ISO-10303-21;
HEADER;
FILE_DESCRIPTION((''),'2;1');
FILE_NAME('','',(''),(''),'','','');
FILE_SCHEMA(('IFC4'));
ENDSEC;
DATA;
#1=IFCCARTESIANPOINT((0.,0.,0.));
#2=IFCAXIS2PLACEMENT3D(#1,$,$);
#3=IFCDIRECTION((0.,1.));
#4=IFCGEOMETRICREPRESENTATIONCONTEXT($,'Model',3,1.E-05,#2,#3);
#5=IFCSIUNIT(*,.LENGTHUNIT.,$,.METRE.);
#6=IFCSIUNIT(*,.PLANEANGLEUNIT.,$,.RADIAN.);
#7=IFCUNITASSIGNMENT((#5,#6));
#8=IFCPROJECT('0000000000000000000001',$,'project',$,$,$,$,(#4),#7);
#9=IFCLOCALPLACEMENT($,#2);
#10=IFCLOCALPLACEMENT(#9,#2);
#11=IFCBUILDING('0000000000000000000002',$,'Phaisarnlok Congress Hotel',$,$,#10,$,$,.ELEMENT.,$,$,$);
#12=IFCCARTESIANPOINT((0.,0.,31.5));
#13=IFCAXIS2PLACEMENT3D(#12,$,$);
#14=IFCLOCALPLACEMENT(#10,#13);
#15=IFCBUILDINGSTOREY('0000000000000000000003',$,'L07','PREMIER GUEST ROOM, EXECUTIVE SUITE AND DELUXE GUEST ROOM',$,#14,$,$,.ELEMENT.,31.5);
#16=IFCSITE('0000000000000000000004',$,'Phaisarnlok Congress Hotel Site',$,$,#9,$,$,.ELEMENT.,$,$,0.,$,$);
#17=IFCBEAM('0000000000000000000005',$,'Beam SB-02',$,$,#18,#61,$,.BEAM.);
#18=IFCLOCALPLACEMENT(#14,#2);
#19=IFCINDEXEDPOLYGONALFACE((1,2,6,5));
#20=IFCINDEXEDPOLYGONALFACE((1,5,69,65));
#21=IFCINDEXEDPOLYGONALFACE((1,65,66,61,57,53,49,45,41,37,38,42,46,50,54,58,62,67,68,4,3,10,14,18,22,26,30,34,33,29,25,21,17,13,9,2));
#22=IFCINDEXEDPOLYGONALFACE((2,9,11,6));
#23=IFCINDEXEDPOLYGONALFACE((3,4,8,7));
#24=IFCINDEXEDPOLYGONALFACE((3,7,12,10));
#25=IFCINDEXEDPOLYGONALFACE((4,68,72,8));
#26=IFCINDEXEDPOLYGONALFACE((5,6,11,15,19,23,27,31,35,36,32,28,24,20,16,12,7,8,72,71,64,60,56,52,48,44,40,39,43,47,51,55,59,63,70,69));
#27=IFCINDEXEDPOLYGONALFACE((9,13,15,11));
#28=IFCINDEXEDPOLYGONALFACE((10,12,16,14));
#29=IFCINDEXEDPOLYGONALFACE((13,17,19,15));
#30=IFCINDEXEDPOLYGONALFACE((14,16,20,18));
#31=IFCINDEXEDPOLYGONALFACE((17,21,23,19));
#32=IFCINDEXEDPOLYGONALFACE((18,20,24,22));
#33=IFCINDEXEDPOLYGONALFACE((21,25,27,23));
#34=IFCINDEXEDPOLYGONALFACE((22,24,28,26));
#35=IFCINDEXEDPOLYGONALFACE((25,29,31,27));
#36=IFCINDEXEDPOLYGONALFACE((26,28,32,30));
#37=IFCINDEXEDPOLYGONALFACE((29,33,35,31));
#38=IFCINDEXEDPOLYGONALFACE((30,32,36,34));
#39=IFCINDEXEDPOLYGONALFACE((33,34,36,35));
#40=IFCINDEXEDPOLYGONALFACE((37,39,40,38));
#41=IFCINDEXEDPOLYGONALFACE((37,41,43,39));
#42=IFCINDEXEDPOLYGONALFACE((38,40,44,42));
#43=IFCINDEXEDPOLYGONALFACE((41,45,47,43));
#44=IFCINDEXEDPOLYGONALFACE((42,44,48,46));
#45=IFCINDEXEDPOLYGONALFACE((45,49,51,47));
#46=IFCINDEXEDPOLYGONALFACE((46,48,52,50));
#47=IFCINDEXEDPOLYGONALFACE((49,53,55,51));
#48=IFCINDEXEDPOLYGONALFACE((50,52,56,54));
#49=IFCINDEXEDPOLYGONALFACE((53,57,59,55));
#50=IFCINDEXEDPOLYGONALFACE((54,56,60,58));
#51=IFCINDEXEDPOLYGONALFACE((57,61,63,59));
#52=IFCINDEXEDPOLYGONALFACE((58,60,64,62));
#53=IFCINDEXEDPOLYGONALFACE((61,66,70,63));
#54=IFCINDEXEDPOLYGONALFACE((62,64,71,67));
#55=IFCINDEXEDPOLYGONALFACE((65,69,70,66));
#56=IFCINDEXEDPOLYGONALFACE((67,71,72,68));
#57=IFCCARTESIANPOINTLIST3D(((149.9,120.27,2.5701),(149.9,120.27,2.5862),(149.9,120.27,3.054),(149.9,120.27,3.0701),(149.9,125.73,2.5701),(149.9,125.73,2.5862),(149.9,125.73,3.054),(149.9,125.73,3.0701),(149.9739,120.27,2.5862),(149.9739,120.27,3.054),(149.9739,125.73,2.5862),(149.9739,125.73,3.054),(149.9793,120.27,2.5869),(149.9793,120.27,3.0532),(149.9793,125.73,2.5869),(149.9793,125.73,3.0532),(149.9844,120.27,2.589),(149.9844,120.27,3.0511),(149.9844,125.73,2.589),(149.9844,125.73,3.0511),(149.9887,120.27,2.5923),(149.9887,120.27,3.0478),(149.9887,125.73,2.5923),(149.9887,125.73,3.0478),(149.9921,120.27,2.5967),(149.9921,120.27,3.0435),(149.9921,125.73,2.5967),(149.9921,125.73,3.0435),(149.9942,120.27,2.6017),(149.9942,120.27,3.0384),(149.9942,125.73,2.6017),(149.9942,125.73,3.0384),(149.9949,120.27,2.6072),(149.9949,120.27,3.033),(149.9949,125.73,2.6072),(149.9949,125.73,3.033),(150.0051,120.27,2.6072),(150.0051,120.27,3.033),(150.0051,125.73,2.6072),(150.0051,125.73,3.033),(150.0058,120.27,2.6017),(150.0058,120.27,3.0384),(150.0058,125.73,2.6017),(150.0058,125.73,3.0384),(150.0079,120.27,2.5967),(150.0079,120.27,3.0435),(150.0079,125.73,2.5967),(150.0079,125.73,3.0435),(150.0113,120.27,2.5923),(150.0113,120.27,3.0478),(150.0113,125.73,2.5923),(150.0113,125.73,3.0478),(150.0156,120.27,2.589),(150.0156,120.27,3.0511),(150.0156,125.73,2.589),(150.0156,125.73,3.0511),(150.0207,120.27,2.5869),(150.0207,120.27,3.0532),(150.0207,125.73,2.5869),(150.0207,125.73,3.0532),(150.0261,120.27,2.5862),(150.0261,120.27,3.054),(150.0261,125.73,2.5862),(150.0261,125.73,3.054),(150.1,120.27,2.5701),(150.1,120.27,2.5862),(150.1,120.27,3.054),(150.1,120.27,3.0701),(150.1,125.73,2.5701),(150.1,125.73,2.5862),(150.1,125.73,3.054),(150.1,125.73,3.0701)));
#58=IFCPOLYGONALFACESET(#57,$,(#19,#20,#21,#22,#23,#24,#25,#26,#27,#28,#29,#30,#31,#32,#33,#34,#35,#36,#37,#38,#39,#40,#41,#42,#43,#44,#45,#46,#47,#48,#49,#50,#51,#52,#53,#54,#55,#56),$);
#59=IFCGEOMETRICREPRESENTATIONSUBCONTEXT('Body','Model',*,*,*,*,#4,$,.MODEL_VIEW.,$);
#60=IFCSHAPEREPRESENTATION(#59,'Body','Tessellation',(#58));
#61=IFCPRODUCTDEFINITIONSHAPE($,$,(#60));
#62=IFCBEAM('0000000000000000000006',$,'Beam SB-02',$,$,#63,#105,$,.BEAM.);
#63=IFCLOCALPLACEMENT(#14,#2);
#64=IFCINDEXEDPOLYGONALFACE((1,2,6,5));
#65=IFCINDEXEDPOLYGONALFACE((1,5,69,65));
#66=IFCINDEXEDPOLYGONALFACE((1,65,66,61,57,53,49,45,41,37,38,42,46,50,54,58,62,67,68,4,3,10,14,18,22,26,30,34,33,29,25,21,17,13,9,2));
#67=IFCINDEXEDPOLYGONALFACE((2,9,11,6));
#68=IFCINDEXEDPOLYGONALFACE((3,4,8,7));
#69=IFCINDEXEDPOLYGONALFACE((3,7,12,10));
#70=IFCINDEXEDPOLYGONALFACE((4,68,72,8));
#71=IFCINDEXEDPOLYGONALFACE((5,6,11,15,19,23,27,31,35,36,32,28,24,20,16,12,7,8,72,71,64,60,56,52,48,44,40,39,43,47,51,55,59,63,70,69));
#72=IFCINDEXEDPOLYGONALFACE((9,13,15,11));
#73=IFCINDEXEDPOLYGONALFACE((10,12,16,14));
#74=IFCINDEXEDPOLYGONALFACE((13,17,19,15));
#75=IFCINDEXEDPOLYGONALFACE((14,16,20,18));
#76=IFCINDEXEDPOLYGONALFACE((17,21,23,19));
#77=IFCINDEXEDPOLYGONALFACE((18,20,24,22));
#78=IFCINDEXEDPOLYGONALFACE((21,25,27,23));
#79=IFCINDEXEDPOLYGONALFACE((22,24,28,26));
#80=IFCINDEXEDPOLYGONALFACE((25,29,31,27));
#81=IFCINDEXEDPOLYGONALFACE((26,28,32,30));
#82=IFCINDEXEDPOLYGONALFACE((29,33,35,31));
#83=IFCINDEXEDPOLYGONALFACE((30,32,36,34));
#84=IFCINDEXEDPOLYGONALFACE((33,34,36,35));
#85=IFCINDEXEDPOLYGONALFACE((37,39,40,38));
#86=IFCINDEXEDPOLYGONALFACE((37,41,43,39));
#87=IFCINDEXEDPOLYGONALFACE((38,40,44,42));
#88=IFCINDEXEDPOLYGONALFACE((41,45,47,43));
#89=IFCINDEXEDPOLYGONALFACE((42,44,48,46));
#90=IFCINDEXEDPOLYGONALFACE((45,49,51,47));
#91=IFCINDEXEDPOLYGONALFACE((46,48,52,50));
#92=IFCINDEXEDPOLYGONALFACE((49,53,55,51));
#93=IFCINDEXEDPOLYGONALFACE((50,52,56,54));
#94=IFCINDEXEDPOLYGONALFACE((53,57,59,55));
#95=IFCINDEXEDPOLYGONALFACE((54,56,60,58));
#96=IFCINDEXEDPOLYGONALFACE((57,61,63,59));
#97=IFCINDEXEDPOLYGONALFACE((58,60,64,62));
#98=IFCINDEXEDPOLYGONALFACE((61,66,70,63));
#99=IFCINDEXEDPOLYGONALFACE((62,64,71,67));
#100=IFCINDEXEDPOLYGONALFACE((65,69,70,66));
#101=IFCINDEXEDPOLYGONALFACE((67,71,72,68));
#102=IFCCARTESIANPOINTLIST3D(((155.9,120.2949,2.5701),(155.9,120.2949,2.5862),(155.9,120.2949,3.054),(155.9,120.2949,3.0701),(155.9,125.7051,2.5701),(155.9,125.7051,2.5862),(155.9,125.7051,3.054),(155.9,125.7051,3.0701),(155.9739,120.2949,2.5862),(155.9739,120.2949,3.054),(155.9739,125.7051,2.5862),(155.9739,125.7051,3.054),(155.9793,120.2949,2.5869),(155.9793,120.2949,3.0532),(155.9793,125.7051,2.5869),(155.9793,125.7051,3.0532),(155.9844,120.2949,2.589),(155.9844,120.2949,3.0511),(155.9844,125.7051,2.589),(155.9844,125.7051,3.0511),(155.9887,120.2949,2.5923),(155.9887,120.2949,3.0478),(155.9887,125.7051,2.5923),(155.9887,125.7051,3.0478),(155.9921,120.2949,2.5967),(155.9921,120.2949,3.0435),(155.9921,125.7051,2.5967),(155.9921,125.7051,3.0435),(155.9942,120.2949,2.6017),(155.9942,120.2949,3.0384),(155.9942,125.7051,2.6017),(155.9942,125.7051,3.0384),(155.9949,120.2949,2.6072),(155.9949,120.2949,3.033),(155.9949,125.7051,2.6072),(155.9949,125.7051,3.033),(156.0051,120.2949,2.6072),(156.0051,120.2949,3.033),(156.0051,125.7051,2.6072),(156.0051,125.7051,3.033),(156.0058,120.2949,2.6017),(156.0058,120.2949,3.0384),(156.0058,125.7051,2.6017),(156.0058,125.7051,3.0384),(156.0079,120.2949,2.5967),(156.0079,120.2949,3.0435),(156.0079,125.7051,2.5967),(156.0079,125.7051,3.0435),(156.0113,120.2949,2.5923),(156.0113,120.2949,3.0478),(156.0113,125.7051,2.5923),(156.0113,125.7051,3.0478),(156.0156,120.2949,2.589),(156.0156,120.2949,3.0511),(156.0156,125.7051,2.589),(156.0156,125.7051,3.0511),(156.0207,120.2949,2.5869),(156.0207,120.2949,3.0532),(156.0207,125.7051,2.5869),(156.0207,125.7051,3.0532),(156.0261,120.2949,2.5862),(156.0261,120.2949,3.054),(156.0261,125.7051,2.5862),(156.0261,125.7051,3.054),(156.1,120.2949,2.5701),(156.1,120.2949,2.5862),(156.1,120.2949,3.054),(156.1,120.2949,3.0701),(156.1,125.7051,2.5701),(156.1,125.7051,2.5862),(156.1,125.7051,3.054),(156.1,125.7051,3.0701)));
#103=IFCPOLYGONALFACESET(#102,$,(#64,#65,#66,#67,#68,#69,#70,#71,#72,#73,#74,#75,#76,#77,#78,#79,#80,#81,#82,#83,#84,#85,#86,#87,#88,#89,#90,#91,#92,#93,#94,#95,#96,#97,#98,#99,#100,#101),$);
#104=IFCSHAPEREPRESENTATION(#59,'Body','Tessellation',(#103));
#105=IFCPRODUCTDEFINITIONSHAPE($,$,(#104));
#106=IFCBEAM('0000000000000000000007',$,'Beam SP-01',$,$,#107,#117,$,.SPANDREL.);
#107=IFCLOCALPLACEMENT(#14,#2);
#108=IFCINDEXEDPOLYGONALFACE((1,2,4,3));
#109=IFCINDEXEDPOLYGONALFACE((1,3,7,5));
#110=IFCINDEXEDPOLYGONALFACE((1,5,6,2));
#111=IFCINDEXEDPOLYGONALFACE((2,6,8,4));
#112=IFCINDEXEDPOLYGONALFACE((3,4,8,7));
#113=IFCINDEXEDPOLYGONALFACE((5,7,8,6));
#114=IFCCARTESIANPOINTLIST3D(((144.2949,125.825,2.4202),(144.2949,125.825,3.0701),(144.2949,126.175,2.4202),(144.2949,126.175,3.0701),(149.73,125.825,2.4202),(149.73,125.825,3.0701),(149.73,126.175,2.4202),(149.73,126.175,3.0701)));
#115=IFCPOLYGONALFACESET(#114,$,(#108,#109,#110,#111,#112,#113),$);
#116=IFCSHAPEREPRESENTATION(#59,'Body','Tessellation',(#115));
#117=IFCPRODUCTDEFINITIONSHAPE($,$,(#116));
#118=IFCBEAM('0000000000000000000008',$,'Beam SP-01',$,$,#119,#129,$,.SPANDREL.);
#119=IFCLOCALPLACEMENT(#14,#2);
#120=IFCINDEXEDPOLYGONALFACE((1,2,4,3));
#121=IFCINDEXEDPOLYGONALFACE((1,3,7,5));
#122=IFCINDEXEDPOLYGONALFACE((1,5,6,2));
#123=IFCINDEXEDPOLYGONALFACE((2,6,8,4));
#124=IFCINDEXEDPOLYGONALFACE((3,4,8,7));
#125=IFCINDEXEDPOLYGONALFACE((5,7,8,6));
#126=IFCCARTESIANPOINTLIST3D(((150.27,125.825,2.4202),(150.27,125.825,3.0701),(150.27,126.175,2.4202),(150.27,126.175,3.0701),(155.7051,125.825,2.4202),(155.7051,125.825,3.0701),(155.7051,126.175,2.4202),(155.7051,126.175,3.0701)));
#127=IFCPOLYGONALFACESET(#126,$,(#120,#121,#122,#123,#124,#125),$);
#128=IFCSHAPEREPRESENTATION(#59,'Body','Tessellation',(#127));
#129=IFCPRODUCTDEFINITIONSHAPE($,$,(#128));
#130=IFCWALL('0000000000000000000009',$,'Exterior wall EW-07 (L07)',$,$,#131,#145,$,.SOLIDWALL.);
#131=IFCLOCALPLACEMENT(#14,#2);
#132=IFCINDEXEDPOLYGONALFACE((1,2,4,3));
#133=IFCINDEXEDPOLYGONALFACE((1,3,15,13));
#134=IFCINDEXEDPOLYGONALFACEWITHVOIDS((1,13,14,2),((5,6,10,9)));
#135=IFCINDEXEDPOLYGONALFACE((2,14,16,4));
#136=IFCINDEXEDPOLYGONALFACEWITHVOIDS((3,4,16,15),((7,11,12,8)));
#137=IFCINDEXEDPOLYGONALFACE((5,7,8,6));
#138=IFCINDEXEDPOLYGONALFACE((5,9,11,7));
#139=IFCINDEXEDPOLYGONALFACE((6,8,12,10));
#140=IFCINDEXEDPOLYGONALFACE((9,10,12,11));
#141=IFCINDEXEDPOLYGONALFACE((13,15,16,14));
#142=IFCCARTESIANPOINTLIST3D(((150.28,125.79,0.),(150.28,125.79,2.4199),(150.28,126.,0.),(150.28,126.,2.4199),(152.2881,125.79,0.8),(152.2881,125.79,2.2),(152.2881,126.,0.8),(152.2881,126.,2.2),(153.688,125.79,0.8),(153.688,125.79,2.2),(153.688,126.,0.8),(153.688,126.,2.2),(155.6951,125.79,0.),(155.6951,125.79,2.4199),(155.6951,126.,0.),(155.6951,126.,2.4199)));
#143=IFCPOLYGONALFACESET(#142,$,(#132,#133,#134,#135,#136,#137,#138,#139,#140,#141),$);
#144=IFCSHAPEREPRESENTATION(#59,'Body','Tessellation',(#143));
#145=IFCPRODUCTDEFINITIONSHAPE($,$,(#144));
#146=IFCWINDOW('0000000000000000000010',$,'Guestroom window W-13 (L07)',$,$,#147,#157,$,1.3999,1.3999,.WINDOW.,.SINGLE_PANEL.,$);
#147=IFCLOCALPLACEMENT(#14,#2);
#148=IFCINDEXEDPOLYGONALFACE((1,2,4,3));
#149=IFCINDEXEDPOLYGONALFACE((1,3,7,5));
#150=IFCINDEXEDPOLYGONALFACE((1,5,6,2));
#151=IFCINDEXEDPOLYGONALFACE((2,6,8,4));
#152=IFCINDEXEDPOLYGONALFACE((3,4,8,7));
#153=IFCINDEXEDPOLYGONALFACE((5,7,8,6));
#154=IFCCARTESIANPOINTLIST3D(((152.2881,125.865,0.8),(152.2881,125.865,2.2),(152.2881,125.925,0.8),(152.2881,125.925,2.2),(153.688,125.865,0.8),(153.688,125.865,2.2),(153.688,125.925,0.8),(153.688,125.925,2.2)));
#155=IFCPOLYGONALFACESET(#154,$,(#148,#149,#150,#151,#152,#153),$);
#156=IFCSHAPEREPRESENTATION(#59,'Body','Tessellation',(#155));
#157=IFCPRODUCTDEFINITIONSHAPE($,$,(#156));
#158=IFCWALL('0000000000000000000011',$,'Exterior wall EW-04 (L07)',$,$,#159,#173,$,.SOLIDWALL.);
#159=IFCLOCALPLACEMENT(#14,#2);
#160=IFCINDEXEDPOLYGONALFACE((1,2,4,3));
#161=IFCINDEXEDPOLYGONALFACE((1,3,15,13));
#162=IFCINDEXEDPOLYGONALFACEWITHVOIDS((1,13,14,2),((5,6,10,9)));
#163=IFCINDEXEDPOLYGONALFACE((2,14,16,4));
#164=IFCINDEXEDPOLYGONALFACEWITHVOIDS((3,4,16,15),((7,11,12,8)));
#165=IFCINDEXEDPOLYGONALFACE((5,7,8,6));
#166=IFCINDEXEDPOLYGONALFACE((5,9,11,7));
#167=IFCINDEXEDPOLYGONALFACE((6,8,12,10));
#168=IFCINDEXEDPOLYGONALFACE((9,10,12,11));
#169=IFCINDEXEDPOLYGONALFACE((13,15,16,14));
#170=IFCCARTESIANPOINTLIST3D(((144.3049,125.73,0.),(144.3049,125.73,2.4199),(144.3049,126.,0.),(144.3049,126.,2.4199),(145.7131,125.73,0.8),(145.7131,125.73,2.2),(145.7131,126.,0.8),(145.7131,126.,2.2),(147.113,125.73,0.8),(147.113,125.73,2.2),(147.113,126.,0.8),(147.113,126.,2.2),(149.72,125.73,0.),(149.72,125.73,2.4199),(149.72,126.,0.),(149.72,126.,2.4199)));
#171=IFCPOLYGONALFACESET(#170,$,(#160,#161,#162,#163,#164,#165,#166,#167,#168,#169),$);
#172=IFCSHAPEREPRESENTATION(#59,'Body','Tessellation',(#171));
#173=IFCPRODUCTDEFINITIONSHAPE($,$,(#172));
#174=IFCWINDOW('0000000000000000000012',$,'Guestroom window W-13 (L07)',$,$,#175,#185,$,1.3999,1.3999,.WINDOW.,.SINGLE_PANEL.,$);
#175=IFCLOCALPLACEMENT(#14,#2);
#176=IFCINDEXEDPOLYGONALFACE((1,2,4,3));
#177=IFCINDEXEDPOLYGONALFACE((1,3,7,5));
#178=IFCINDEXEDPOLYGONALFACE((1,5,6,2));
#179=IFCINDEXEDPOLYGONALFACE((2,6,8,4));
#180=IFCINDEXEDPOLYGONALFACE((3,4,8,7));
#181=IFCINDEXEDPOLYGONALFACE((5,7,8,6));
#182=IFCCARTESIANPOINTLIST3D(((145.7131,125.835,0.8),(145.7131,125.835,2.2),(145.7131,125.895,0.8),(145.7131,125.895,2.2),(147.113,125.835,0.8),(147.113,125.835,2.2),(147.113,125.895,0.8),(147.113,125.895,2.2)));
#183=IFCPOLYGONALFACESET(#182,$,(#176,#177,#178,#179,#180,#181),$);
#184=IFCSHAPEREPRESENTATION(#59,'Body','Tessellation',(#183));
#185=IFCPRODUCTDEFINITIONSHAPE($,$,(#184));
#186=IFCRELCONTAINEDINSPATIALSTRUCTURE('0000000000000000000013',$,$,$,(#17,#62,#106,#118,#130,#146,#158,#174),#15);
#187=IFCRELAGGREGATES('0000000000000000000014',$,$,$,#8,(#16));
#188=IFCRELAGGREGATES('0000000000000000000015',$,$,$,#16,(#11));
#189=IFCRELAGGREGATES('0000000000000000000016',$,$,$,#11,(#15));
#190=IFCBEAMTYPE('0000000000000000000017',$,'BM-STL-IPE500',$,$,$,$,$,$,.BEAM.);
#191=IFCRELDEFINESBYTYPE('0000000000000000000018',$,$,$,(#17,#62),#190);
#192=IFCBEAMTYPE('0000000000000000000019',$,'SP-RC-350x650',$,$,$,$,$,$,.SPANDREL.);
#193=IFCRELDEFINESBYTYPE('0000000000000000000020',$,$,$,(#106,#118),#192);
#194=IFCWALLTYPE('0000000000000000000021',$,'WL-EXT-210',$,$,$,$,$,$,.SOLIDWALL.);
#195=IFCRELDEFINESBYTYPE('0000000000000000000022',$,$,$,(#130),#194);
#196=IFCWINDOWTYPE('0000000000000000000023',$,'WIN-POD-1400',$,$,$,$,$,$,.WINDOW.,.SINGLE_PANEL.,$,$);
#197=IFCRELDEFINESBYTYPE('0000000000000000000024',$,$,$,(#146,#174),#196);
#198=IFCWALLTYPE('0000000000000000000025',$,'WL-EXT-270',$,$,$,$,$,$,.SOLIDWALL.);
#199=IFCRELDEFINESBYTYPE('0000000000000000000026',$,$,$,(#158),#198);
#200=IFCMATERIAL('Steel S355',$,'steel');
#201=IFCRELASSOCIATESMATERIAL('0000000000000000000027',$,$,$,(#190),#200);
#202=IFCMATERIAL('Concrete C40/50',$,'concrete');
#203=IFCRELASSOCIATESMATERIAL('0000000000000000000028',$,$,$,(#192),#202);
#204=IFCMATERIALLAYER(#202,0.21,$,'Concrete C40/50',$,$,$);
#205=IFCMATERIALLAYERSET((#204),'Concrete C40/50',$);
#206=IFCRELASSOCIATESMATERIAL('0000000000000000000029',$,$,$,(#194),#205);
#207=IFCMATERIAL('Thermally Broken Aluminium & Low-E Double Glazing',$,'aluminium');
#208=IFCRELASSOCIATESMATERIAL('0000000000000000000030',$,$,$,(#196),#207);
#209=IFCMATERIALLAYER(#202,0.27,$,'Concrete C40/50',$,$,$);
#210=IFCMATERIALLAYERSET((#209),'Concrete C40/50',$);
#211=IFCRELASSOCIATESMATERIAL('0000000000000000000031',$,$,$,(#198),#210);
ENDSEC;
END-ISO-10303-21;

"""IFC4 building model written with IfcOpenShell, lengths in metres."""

from ifc_helpers import new_model, si_unit, direction, frame, frame_2d, origin, origin_2d, place, context, subcontext, project, spatial, rectangle, i_section, extrude, material, layer, layer_set, material_profile, profile_set, type_object, element, fill, save


model = new_model("IFC4")

# Units and contexts
model_context = context("Model", 3, precision=1e-05, world=origin(), true_north=direction((0.0, 1.0)))
body_context = subcontext(model_context, "Body", "Model", "MODEL_VIEW")
ifc_project = project(units=[si_unit("LENGTHUNIT", "METRE"), si_unit("PLANEANGLEUNIT", "RADIAN")], contexts=[model_context])

# Site, building, storey
site_placement = place(None, origin())
site = spatial("IfcSite", under=ifc_project, at=site_placement, Name="Phaisarnlok Congress Hotel Site", CompositionType="ELEMENT", RefElevation=0.0)
building_placement = place(site_placement, origin())
building = spatial("IfcBuilding", under=site, at=building_placement, Name="Phaisarnlok Congress Hotel", CompositionType="ELEMENT")
storey_placement = place(building_placement, frame((0.0, 0.0, 31.5)))
storey = spatial("IfcBuildingStorey", under=building, at=storey_placement, Name="L07", Description="PREMIER GUEST ROOM, EXECUTIVE SUITE AND DELUXE GUEST ROOM", CompositionType="ELEMENT", Elevation=31.5)

# Beams
ifc_material_1 = material(Name="Concrete C40/50", Category="concrete")
ifc_material_2 = material(Name="Steel S355", Category="steel")
ifc_material_profile_1 = material_profile(ifc_material_2, i_section(OverallWidth=0.2, OverallDepth=0.5, WebThickness=0.0103, FlangeThickness=0.0161, FilletRadius=0.021, at=origin_2d()), Name="IPE 500")
ifc_profile_set_1 = profile_set([ifc_material_profile_1], Name="Steel S355")
beam_type_1 = type_object("IfcBeamType", Name="BM-STL-IPE500", PredefinedType="BEAM", material=ifc_profile_set_1)
beam_1_placement = place(storey_placement, frame((150.0, 120.27, 2.8201), z_axis=(0.0, 1.0, 0.0), x_axis=(-1.0, 0.0, 0.0)))
element("IfcBeam", 1, at=beam_1_placement, inside=storey, type_object=beam_type_1, Name="Beam SB-02", PredefinedType="BEAM", context=body_context, shape_type="SweptSolid", body=[
    extrude(i_section(OverallWidth=0.2, OverallDepth=0.5, WebThickness=0.0103, FlangeThickness=0.0161, FilletRadius=0.021, at=origin_2d()), origin(), (0.0, 0.0, 1.0), 5.46),
])
beam_2_placement = place(storey_placement, frame((156.0, 120.2949, 2.8201), z_axis=(0.0, 1.0, 0.0), x_axis=(-1.0, 0.0, 0.0)))
element("IfcBeam", 2, at=beam_2_placement, inside=storey, type_object=beam_type_1, Name="Beam SB-02", PredefinedType="BEAM", context=body_context, shape_type="SweptSolid", body=[
    extrude(i_section(OverallWidth=0.2, OverallDepth=0.5, WebThickness=0.0103, FlangeThickness=0.0161, FilletRadius=0.021, at=origin_2d()), origin(), (0.0, 0.0, 1.0), 5.4102),
])
ifc_material_profile_2 = material_profile(ifc_material_1, rectangle(XDim=0.3501, YDim=0.6499, at=origin_2d()), Name="RC 350x650")
ifc_profile_set_2 = profile_set([ifc_material_profile_2], Name="Concrete C40/50")
beam_type_2 = type_object("IfcBeamType", Name="SP-RC-350x650", PredefinedType="SPANDREL", material=ifc_profile_set_2)
for number, where, z_axis, x_axis, name in (
    (3, (144.2949, 126.0, 2.7451), (1.0, 0.0, 0.0), (0.0, 1.0, 0.0), "Beam SP-01"),
    (4, (150.27, 126.0, 2.7451), (1.0, 0.0, 0.0), (0.0, 1.0, 0.0), "Beam SP-01"),
):
    element("IfcBeam", number, at=place(storey_placement, frame(where, z_axis=z_axis, x_axis=x_axis)), inside=storey, type_object=beam_type_2, Name=name, PredefinedType="SPANDREL", context=body_context, shape_type="SweptSolid", body=[
        extrude(rectangle(XDim=0.3501, YDim=0.6499, at=origin_2d()), origin(), (0.0, 0.0, 1.0), 5.4351),
    ])

# Walls, openings, windows
ifc_layer_1 = layer(ifc_material_1, 0.21, Name="Concrete C40/50")
ifc_layer_set_1 = layer_set([ifc_layer_1], Name="Concrete C40/50")
wall_type_1 = type_object("IfcWallType", Name="WL-EXT-210", PredefinedType="SOLIDWALL", material=ifc_layer_set_1)
wall_1_placement = place(storey_placement, frame((155.6951, 125.895, 0.0), z_axis=(0.0, 0.0, 1.0), x_axis=(-1.0, 0.0, 0.0)))
wall_1 = element("IfcWall", 5, at=wall_1_placement, inside=storey, type_object=wall_type_1, Name="Exterior wall EW-07 (L07)", PredefinedType="SOLIDWALL", context=body_context, shape_type="SweptSolid", body=[
    extrude(rectangle(XDim=5.415, YDim=0.21, at=frame_2d((2.7075, 0.0))), origin(), (0.0, 0.0, 1.0), 2.4199),
])
opening_1_placement = place(wall_1_placement, frame((2.0071, 0.0, 0.8)))
opening_1 = element("IfcOpeningElement", 6, at=opening_1_placement, cuts=wall_1, PredefinedType="OPENING", context=body_context, shape_type="SweptSolid", body=[
    extrude(rectangle(XDim=1.3999, YDim=1.3999, at=frame_2d((0.7, 0.7))), frame((0.0, 0.115, 0.0), z_axis=(0.0, -1.0, 0.0), x_axis=(1.0, 0.0, 0.0)), (0.0, 0.0, 1.0), 0.23),
])
ifc_material_3 = material(Name="Thermally Broken Aluminium & Low-E Double Glazing", Category="aluminium")
window_type = type_object("IfcWindowType", Name="WIN-POD-1400", PartitioningType="SINGLE_PANEL", PredefinedType="WINDOW", material=ifc_material_3)
window_1_placement = place(opening_1_placement, origin())
window_1 = element("IfcWindow", 7, at=window_1_placement, inside=storey, type_object=window_type, Name="Guestroom window W-13 (L07)", OverallHeight=1.3999, OverallWidth=1.3999, PartitioningType="SINGLE_PANEL", PredefinedType="WINDOW", context=body_context, shape_type="SweptSolid", body=[
    extrude(rectangle(XDim=1.3999, YDim=1.3999, at=frame_2d((0.7, 0.7))), frame((0.0, 0.03, 0.0), z_axis=(0.0, -1.0, 0.0), x_axis=(1.0, 0.0, 0.0)), (0.0, 0.0, 1.0), 0.0601),
])
fill(opening_1, window_1)
ifc_layer_2 = layer(ifc_material_1, 0.27, Name="Concrete C40/50")
ifc_layer_set_2 = layer_set([ifc_layer_2], Name="Concrete C40/50")
wall_type_2 = type_object("IfcWallType", Name="WL-EXT-270", PredefinedType="SOLIDWALL", material=ifc_layer_set_2)
wall_2_placement = place(storey_placement, frame((149.72, 125.865, 0.0), z_axis=(0.0, 0.0, 1.0), x_axis=(-1.0, 0.0, 0.0)))
wall_2 = element("IfcWall", 8, at=wall_2_placement, inside=storey, type_object=wall_type_2, Name="Exterior wall EW-04 (L07)", PredefinedType="SOLIDWALL", context=body_context, shape_type="SweptSolid", body=[
    extrude(rectangle(XDim=5.415, YDim=0.27, at=frame_2d((2.7075, 0.0))), origin(), (0.0, 0.0, 1.0), 2.4199),
])
opening_2_placement = place(wall_2_placement, frame((2.6069, 0.0, 0.8)))
opening_2 = element("IfcOpeningElement", 9, at=opening_2_placement, cuts=wall_2, PredefinedType="OPENING", context=body_context, shape_type="SweptSolid", body=[
    extrude(rectangle(XDim=1.3999, YDim=1.3999, at=frame_2d((0.7, 0.7))), frame((0.0, 0.145, 0.0), z_axis=(0.0, -1.0, 0.0), x_axis=(1.0, 0.0, 0.0)), (0.0, 0.0, 1.0), 0.29),
])
window_2_placement = place(opening_2_placement, origin())
window_2 = element("IfcWindow", 10, at=window_2_placement, inside=storey, type_object=window_type, Name="Guestroom window W-13 (L07)", OverallHeight=1.3999, OverallWidth=1.3999, PartitioningType="SINGLE_PANEL", PredefinedType="WINDOW", context=body_context, shape_type="SweptSolid", body=[
    extrude(rectangle(XDim=1.3999, YDim=1.3999, at=frame_2d((0.7, 0.7))), frame((0.0, 0.03, 0.0), z_axis=(0.0, -1.0, 0.0), x_axis=(1.0, 0.0, 0.0)), (0.0, 0.0, 1.0), 0.0601),
])
fill(opening_2, window_2)

save(model, "model.ifc")
